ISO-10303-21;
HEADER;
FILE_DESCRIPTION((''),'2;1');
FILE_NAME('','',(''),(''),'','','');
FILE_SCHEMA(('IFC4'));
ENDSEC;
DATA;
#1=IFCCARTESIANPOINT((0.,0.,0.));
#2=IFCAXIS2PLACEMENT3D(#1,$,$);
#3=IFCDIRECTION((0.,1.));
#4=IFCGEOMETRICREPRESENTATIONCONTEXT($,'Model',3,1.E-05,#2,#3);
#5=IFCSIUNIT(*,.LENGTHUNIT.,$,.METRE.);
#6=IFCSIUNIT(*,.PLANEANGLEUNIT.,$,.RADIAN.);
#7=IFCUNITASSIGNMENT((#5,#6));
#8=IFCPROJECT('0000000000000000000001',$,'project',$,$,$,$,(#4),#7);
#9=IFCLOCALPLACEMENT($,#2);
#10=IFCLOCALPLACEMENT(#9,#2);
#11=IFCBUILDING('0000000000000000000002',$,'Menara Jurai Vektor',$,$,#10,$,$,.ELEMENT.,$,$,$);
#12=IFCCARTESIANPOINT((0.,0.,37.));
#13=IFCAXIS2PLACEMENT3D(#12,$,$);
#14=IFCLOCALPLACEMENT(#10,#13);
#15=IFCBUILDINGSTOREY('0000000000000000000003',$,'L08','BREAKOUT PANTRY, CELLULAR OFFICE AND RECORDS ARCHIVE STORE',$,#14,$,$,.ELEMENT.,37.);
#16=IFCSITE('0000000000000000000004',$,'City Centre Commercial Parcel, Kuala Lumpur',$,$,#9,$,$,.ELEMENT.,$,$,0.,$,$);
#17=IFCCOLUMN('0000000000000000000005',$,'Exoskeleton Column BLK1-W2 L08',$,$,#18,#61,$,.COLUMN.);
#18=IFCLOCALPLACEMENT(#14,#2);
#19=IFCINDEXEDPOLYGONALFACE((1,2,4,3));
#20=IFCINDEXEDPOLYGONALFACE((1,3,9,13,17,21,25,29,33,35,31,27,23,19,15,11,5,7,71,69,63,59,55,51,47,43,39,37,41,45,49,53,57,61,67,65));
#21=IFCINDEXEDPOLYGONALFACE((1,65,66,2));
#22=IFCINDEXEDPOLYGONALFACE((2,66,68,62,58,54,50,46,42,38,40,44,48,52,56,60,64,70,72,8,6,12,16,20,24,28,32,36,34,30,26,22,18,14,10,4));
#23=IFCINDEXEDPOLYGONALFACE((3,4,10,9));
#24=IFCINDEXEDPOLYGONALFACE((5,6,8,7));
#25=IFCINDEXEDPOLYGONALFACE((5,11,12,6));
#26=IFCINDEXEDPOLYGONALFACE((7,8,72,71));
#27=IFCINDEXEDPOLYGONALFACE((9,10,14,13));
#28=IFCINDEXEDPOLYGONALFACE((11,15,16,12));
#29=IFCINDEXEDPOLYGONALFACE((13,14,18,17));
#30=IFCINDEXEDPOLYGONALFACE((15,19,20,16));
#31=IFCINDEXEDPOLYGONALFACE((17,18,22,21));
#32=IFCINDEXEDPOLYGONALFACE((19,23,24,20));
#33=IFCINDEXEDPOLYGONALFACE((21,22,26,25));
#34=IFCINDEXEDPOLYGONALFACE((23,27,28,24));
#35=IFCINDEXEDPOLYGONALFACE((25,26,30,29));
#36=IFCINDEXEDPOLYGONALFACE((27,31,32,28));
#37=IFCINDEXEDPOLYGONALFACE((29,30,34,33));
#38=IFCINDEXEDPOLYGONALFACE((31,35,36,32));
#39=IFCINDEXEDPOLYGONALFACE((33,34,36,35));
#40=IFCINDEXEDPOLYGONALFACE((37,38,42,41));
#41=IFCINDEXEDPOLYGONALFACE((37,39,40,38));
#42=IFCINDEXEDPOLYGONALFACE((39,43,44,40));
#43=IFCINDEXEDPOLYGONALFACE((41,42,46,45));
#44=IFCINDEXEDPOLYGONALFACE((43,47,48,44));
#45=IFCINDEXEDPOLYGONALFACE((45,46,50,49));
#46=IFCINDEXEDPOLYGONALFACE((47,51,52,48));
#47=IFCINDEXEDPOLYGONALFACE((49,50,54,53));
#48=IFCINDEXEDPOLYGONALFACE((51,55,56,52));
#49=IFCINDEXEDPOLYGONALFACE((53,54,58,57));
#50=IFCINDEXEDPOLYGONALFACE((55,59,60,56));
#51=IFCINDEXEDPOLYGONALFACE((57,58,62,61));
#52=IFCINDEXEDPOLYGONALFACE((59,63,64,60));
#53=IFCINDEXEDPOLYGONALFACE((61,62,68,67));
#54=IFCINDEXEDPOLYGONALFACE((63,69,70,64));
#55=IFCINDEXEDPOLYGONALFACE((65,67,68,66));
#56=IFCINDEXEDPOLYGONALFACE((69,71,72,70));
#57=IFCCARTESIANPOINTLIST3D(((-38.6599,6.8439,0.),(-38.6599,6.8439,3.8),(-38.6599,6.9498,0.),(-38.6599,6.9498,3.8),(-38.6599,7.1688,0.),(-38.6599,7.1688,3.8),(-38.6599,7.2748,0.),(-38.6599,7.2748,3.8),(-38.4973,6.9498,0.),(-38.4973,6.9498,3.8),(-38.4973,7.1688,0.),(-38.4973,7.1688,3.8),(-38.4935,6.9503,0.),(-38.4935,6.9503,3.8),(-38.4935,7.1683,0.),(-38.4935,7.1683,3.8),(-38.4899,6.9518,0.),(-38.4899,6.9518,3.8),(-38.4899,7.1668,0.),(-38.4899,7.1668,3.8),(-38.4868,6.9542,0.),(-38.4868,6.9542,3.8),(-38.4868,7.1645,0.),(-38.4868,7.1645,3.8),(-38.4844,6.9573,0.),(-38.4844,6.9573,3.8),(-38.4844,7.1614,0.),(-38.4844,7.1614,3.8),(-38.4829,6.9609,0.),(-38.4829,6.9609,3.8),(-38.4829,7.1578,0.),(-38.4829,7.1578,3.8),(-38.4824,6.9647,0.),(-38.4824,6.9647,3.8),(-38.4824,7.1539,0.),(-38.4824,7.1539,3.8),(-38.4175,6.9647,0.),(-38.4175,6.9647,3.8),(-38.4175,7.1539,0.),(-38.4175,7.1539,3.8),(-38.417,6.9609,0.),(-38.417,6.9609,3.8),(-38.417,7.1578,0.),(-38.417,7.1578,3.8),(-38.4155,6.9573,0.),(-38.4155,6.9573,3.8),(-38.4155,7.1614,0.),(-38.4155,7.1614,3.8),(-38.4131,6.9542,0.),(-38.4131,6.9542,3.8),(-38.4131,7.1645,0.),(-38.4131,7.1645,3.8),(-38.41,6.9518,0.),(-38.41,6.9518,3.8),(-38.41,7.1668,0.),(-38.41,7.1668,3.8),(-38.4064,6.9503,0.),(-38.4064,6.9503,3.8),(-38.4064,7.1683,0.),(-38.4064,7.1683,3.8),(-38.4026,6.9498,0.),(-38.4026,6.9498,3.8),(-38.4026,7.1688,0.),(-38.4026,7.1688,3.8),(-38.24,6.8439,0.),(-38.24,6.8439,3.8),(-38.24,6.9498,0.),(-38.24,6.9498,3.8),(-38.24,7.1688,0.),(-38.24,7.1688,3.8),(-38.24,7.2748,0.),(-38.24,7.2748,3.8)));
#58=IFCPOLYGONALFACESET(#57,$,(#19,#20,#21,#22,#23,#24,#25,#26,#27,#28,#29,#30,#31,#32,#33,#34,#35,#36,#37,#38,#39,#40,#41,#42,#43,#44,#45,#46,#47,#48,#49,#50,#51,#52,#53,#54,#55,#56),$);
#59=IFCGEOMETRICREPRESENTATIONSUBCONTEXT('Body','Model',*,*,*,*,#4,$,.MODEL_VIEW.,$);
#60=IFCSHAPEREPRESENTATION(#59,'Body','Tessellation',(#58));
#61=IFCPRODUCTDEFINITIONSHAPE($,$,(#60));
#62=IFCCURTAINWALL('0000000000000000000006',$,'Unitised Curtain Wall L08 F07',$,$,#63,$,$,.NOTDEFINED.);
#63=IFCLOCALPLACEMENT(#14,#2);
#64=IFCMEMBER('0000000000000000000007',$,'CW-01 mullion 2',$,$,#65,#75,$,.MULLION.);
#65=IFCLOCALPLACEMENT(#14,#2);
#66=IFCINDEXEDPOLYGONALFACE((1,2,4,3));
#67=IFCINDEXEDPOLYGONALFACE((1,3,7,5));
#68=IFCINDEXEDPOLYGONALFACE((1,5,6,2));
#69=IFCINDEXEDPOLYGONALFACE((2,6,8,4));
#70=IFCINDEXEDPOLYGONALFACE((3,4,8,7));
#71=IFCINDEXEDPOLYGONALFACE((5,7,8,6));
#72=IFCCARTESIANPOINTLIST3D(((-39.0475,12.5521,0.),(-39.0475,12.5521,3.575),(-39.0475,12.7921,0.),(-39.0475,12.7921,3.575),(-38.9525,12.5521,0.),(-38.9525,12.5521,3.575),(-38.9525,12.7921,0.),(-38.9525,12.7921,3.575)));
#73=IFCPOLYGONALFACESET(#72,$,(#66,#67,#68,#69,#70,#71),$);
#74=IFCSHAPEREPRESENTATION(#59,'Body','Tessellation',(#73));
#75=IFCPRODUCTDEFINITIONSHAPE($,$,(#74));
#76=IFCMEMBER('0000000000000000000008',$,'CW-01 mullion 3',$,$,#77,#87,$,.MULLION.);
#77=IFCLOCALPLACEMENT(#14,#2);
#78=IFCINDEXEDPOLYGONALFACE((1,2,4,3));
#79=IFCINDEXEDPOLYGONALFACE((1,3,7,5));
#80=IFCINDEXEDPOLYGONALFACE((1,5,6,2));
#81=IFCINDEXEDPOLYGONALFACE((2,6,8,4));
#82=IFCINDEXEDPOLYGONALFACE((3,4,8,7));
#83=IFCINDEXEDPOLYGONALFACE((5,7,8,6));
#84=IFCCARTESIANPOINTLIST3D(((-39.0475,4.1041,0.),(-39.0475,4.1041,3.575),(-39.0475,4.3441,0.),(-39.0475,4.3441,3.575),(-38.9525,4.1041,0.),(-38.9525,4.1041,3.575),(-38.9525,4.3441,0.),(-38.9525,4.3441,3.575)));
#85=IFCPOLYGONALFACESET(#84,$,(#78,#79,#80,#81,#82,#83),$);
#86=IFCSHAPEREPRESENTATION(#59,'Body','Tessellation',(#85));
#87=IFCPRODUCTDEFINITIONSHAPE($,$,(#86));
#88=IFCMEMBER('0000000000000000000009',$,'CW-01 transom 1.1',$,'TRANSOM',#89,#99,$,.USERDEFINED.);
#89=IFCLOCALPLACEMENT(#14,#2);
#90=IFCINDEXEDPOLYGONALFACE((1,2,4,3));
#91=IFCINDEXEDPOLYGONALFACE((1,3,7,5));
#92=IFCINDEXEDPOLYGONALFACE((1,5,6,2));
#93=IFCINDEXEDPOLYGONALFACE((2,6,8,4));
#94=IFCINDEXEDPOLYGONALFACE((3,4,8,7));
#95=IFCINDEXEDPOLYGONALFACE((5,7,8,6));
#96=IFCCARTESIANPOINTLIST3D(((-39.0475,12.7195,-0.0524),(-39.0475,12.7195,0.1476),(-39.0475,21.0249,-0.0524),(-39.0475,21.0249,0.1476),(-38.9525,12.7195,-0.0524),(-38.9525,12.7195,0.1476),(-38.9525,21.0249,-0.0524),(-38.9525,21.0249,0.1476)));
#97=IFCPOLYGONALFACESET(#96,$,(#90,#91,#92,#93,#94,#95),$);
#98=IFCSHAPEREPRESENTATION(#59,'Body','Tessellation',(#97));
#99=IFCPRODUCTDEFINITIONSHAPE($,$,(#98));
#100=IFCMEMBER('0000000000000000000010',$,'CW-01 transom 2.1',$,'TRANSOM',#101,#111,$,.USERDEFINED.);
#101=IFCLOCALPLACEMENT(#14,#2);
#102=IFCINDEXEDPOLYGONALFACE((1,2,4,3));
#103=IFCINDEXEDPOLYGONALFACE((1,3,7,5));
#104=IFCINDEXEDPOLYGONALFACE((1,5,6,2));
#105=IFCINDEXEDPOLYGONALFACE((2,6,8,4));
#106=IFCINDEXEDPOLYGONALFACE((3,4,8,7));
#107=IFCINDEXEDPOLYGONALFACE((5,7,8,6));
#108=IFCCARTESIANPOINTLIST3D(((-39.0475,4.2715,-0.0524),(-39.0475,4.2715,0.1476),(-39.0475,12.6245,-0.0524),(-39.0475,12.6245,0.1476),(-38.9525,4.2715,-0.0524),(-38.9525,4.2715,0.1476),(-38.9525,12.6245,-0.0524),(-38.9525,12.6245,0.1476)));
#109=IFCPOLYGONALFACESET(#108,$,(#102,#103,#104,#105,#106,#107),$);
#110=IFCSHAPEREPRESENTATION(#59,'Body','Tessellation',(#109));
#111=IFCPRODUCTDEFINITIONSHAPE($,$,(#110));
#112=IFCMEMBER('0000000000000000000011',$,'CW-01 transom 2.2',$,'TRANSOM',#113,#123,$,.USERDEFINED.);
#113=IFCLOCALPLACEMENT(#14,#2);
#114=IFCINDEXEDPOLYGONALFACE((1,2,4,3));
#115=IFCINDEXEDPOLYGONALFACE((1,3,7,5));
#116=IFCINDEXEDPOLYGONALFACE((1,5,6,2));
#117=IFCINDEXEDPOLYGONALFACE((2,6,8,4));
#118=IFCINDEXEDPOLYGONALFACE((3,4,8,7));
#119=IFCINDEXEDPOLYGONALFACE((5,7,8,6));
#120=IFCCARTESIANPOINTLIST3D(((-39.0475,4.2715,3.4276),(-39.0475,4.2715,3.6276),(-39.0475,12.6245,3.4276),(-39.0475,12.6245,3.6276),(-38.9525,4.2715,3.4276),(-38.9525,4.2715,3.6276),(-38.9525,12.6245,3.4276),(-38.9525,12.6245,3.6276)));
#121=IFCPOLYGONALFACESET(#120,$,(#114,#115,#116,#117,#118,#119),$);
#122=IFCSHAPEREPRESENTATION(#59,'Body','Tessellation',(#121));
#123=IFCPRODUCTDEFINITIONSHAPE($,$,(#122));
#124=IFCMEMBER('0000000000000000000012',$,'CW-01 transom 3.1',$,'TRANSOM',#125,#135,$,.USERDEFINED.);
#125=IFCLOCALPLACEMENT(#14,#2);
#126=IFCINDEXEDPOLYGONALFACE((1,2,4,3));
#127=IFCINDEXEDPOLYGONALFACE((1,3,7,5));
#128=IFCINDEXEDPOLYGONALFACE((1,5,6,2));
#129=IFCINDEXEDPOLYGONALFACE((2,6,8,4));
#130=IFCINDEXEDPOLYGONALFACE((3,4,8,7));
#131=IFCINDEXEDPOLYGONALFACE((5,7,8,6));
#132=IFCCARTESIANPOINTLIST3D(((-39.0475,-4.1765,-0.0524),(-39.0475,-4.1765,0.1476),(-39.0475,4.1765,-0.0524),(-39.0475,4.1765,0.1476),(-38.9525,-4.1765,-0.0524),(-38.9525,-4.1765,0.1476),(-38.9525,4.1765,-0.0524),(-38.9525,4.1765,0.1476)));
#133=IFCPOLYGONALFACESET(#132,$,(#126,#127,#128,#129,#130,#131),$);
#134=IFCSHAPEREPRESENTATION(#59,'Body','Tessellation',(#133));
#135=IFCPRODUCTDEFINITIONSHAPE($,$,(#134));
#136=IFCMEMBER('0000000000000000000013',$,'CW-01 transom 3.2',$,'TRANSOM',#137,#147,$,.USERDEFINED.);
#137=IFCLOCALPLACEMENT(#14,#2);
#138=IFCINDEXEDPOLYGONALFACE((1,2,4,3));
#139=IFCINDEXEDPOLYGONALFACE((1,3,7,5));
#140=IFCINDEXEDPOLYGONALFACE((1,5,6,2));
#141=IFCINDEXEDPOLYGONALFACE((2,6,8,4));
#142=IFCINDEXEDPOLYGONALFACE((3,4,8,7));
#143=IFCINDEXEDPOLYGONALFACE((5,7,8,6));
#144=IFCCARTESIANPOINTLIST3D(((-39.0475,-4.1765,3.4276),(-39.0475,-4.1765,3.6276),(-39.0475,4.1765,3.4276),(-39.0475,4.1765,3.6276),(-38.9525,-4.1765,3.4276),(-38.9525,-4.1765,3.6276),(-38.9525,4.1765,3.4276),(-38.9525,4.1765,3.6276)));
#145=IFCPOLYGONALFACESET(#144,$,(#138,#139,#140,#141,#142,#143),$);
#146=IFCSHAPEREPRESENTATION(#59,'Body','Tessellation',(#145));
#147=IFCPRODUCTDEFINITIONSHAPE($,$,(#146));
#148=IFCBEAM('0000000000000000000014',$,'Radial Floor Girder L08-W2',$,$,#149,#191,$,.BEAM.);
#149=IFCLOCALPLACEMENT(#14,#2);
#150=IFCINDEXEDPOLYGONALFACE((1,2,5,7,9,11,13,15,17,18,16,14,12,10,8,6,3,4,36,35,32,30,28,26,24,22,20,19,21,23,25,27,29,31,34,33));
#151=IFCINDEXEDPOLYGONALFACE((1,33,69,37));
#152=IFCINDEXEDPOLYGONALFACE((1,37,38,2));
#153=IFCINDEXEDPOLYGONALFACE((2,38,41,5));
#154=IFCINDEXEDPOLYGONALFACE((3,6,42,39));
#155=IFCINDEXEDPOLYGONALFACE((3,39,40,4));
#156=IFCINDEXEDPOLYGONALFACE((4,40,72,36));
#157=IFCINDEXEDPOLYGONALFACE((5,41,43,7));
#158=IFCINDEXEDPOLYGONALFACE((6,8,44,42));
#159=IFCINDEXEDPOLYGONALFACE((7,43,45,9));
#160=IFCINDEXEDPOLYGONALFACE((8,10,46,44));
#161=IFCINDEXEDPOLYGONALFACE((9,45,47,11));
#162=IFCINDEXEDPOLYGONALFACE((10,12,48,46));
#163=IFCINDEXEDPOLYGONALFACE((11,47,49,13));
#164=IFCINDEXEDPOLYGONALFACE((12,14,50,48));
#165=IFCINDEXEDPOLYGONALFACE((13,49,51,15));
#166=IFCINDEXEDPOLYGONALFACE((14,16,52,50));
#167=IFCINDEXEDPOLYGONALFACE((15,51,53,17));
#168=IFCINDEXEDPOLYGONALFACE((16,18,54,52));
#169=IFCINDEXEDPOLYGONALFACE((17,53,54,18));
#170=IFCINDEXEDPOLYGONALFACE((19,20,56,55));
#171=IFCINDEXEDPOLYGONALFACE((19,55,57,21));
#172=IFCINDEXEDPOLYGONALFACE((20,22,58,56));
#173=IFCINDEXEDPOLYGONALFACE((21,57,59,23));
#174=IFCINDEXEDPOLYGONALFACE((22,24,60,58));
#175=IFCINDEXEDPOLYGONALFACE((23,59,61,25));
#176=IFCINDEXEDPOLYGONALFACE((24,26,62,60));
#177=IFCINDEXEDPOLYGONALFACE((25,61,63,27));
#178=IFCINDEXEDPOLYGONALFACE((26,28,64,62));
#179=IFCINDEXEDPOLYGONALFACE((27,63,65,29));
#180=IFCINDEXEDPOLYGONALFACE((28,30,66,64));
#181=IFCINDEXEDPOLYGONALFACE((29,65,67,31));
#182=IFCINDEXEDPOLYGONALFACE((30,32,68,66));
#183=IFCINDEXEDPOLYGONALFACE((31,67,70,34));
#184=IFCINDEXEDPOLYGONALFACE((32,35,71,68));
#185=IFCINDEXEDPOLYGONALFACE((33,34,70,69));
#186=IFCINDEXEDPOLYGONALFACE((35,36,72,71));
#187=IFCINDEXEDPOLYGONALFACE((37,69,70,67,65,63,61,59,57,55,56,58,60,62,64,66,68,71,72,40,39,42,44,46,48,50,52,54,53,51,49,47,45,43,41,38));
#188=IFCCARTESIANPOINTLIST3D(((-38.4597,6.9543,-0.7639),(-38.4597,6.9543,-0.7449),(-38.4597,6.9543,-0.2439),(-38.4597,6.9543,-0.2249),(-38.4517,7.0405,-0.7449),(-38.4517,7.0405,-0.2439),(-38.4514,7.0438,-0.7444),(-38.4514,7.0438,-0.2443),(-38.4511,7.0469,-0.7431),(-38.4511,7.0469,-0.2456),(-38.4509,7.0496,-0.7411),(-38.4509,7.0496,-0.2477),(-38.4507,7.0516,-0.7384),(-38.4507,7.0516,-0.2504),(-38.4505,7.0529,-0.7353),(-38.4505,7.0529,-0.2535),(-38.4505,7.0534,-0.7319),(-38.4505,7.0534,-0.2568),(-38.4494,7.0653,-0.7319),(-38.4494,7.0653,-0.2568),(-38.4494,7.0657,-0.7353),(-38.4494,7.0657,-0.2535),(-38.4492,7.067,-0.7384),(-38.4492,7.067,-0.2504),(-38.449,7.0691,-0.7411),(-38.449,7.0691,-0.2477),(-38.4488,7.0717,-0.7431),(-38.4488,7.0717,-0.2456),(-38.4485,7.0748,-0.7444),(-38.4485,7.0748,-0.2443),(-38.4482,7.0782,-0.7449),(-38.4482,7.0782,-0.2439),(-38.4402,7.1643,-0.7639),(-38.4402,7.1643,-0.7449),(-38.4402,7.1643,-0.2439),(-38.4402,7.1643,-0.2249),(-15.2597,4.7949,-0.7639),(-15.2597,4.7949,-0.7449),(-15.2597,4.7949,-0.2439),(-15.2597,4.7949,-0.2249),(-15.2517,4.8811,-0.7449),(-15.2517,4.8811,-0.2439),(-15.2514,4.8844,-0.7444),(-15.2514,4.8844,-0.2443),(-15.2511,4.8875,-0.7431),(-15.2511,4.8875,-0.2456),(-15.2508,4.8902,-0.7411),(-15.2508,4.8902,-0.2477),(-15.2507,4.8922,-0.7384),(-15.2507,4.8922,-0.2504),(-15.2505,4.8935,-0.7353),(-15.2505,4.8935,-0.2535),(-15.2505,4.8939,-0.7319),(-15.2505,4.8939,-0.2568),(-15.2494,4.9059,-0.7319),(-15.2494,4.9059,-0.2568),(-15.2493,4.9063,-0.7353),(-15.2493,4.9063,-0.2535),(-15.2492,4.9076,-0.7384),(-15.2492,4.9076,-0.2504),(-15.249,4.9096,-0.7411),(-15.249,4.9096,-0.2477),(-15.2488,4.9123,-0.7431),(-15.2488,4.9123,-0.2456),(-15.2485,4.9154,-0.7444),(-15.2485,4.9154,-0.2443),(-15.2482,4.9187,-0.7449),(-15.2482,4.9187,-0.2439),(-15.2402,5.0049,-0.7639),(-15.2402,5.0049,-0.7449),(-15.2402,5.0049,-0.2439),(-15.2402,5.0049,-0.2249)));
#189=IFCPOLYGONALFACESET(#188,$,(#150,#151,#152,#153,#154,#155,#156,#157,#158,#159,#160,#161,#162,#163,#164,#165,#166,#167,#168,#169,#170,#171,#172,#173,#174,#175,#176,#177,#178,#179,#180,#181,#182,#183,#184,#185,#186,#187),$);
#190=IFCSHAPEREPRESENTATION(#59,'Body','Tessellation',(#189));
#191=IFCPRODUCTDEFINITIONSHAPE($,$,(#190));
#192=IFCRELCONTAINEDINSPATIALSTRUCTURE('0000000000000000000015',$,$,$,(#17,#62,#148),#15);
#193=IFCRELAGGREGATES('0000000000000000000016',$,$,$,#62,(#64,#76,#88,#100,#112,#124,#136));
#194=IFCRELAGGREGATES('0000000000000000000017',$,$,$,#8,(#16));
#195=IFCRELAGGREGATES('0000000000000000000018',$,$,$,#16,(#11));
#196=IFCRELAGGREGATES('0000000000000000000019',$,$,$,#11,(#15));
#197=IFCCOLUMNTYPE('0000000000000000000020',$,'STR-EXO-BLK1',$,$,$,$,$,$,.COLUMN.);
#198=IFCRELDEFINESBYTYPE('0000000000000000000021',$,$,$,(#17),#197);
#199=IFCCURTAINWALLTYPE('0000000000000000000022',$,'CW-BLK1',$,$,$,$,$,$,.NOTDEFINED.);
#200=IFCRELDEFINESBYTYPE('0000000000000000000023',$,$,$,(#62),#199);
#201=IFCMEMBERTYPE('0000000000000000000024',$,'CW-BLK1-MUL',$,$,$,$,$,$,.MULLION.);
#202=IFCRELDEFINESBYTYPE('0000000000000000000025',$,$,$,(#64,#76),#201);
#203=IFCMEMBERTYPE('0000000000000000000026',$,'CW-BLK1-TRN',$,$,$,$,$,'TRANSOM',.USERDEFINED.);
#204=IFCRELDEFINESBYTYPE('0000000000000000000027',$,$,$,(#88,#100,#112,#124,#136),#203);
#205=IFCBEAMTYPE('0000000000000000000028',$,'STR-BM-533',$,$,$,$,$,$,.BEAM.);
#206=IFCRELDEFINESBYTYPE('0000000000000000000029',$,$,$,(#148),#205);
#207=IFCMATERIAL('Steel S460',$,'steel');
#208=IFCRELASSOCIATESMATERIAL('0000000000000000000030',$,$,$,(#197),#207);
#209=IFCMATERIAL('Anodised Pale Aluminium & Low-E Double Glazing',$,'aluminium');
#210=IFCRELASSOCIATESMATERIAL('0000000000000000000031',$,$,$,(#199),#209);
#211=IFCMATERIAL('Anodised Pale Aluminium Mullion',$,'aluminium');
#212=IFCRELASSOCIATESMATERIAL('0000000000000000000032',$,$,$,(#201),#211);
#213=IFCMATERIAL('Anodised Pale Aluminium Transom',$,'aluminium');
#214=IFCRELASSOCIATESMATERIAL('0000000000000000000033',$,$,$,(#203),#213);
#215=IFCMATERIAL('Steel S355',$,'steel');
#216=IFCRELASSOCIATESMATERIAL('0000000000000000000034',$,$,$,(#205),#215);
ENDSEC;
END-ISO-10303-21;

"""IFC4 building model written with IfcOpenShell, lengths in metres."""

from ifc_helpers import new_model, si_unit, direction, frame, origin, origin_2d, place, context, subcontext, project, spatial, rectangle, i_section, extrude, material, material_profile, profile_set, type_object, element, aggregate, save


model = new_model("IFC4")

# Units and contexts
model_context = context("Model", 3, precision=1e-05, world=origin(), true_north=direction((0.0, 1.0)))
body_context = subcontext(model_context, "Body", "Model", "MODEL_VIEW")
ifc_project = project(units=[si_unit("LENGTHUNIT", "METRE"), si_unit("PLANEANGLEUNIT", "RADIAN")], contexts=[model_context])

# Site, building, storey
site_placement = place(None, origin())
site = spatial("IfcSite", under=ifc_project, at=site_placement, Name="City Centre Commercial Parcel, Kuala Lumpur", CompositionType="ELEMENT", RefElevation=0.0)
building_placement = place(site_placement, origin())
building = spatial("IfcBuilding", under=site, at=building_placement, Name="Menara Jurai Vektor", CompositionType="ELEMENT")
storey_placement = place(building_placement, frame((0.0, 0.0, 37.0)))
storey = spatial("IfcBuildingStorey", under=building, at=storey_placement, Name="L08", Description="BREAKOUT PANTRY, CELLULAR OFFICE AND RECORDS ARCHIVE STORE", CompositionType="ELEMENT", Elevation=37.0)

# Column
ifc_material_1 = material(Name="Steel S460", Category="steel")
ifc_material_profile_1 = material_profile(ifc_material_1, i_section(OverallWidth=0.4199, OverallDepth=0.4309, WebThickness=0.0649, FlangeThickness=0.106, FilletRadius=0.0149, at=origin_2d()), Name="HD 400x900")
ifc_profile_set_1 = profile_set([ifc_material_profile_1], Name="Steel S460")
column_type = type_object("IfcColumnType", Name="STR-EXO-BLK1", PredefinedType="COLUMN", material=ifc_profile_set_1)
column_placement = place(storey_placement, frame((-38.45, 7.0593, 0.0), z_axis=(0.0, 0.0, 1.0), x_axis=(1.0, 0.0, 0.0)))
element("IfcColumn", 1, at=column_placement, inside=storey, type_object=column_type, Name="Exoskeleton Column BLK1-W2 L08", PredefinedType="COLUMN", context=body_context, shape_type="SweptSolid", body=[
    extrude(i_section(OverallWidth=0.4199, OverallDepth=0.4309, WebThickness=0.0649, FlangeThickness=0.106, FilletRadius=0.0149, at=origin_2d()), origin(), (0.0, 0.0, 1.0), 3.8),
])

# Curtain wall, members
ifc_material_2 = material(Name="Anodised Pale Aluminium & Low-E Double Glazing", Category="aluminium")
curtain_wall_type = type_object("IfcCurtainWallType", Name="CW-BLK1", PredefinedType="NOTDEFINED", material=ifc_material_2)
curtain_wall_placement = place(storey_placement, origin())
curtain_wall = element("IfcCurtainWall", 2, at=curtain_wall_placement, inside=storey, type_object=curtain_wall_type, Name="Unitised Curtain Wall L08 F07", PredefinedType="NOTDEFINED")
ifc_material_3 = material(Name="Anodised Pale Aluminium Mullion", Category="aluminium")
ifc_material_profile_2 = material_profile(ifc_material_3, rectangle(XDim=0.095, YDim=0.24, at=origin_2d()), Name="ALU MUL 95x240")
ifc_profile_set_2 = profile_set([ifc_material_profile_2], Name="Anodised Pale Aluminium Mullion")
member_type_1 = type_object("IfcMemberType", Name="CW-BLK1-MUL", PredefinedType="MULLION", material=ifc_profile_set_2)
member_1_placement = place(storey_placement, frame((-39.0, 12.6721, 0.0), z_axis=(0.0, 0.0, 1.0), x_axis=(1.0, 0.0, 0.0)))
member_1 = element("IfcMember", 3, at=member_1_placement, type_object=member_type_1, Name="CW-01 mullion 2", PredefinedType="MULLION", context=body_context, shape_type="SweptSolid", body=[
    extrude(rectangle(XDim=0.095, YDim=0.24, at=origin_2d()), origin(), (0.0, 0.0, 1.0), 3.575),
])
member_2_placement = place(storey_placement, frame((-39.0, 4.2241, 0.0), z_axis=(0.0, 0.0, 1.0), x_axis=(1.0, 0.0, 0.0)))
member_2 = element("IfcMember", 4, at=member_2_placement, type_object=member_type_1, Name="CW-01 mullion 3", PredefinedType="MULLION", context=body_context, shape_type="SweptSolid", body=[
    extrude(rectangle(XDim=0.095, YDim=0.24, at=origin_2d()), origin(), (0.0, 0.0, 1.0), 3.575),
])
ifc_material_4 = material(Name="Anodised Pale Aluminium Transom", Category="aluminium")
ifc_material_profile_3 = material_profile(ifc_material_4, rectangle(XDim=0.095, YDim=0.2, at=origin_2d()), Name="ALU TRN 95x200")
ifc_profile_set_3 = profile_set([ifc_material_profile_3], Name="Anodised Pale Aluminium Transom")
member_type_2 = type_object("IfcMemberType", Name="CW-BLK1-TRN", ElementType="TRANSOM", PredefinedType="USERDEFINED", material=ifc_profile_set_3)
member_3_placement = place(storey_placement, frame((-39.0, 21.0249, 0.0476), z_axis=(0.0, -1.0, 0.0), x_axis=(1.0, 0.0, 0.0)))
member_3 = element("IfcMember", 5, at=member_3_placement, type_object=member_type_2, Name="CW-01 transom 1.1", ObjectType="TRANSOM", PredefinedType="USERDEFINED", context=body_context, shape_type="SweptSolid", body=[
    extrude(rectangle(XDim=0.095, YDim=0.2, at=origin_2d()), origin(), (0.0, 0.0, 1.0), 8.3054),
])
member_4_placement = place(storey_placement, frame((-39.0, 12.6245, 0.0476), z_axis=(0.0, -1.0, 0.0), x_axis=(1.0, 0.0, 0.0)))
member_4 = element("IfcMember", 6, at=member_4_placement, type_object=member_type_2, Name="CW-01 transom 2.1", ObjectType="TRANSOM", PredefinedType="USERDEFINED", context=body_context, shape_type="SweptSolid", body=[
    extrude(rectangle(XDim=0.095, YDim=0.2, at=origin_2d()), origin(), (0.0, 0.0, 1.0), 8.353),
])
member_5_placement = place(storey_placement, frame((-39.0, 12.6245, 3.5276), z_axis=(0.0, -1.0, 0.0), x_axis=(1.0, 0.0, 0.0)))
member_5 = element("IfcMember", 7, at=member_5_placement, type_object=member_type_2, Name="CW-01 transom 2.2", ObjectType="TRANSOM", PredefinedType="USERDEFINED", context=body_context, shape_type="SweptSolid", body=[
    extrude(rectangle(XDim=0.095, YDim=0.2, at=origin_2d()), origin(), (0.0, 0.0, 1.0), 8.353),
])
member_6_placement = place(storey_placement, frame((-39.0, 4.1765, 0.0476), z_axis=(0.0, -1.0, 0.0), x_axis=(1.0, 0.0, 0.0)))
member_6 = element("IfcMember", 8, at=member_6_placement, type_object=member_type_2, Name="CW-01 transom 3.1", ObjectType="TRANSOM", PredefinedType="USERDEFINED", context=body_context, shape_type="SweptSolid", body=[
    extrude(rectangle(XDim=0.095, YDim=0.2, at=origin_2d()), origin(), (0.0, 0.0, 1.0), 8.353),
])
member_7_placement = place(storey_placement, frame((-39.0, 4.1765, 3.5276), z_axis=(0.0, -1.0, 0.0), x_axis=(1.0, 0.0, 0.0)))
member_7 = element("IfcMember", 9, at=member_7_placement, type_object=member_type_2, Name="CW-01 transom 3.2", ObjectType="TRANSOM", PredefinedType="USERDEFINED", context=body_context, shape_type="SweptSolid", body=[
    extrude(rectangle(XDim=0.095, YDim=0.2, at=origin_2d()), origin(), (0.0, 0.0, 1.0), 8.353),
])

# Beam
ifc_material_5 = material(Name="Steel S355", Category="steel")
ifc_material_profile_4 = material_profile(ifc_material_5, i_section(OverallWidth=0.2109, OverallDepth=0.5391, WebThickness=0.012, FlangeThickness=0.019, FilletRadius=0.0129, at=origin_2d()), Name="UKB 533x210x109")
ifc_profile_set_4 = profile_set([ifc_material_profile_4], Name="Steel S355")
beam_type_1 = type_object("IfcBeamType", Name="STR-BM-533", PredefinedType="BEAM", material=ifc_profile_set_4)
beam_1_placement = place(storey_placement, frame((-38.45, 7.0593, -0.4944), z_axis=(0.995696, -0.092678, 0.0), x_axis=(0.092678, 0.995696, 0.0)))
element("IfcBeam", 10, at=beam_1_placement, inside=storey, type_object=beam_type_1, Name="Radial Floor Girder L08-W2", PredefinedType="BEAM", context=body_context, shape_type="SweptSolid", body=[
    extrude(i_section(OverallWidth=0.2109, OverallDepth=0.5391, WebThickness=0.012, FlangeThickness=0.019, FilletRadius=0.0129, at=origin_2d()), origin(), (0.0, 0.0, 1.0), 23.3003),
])

aggregate(curtain_wall, [member_1, member_2, member_3, member_4, member_5, member_6, member_7])

save(model, "model.ifc")
